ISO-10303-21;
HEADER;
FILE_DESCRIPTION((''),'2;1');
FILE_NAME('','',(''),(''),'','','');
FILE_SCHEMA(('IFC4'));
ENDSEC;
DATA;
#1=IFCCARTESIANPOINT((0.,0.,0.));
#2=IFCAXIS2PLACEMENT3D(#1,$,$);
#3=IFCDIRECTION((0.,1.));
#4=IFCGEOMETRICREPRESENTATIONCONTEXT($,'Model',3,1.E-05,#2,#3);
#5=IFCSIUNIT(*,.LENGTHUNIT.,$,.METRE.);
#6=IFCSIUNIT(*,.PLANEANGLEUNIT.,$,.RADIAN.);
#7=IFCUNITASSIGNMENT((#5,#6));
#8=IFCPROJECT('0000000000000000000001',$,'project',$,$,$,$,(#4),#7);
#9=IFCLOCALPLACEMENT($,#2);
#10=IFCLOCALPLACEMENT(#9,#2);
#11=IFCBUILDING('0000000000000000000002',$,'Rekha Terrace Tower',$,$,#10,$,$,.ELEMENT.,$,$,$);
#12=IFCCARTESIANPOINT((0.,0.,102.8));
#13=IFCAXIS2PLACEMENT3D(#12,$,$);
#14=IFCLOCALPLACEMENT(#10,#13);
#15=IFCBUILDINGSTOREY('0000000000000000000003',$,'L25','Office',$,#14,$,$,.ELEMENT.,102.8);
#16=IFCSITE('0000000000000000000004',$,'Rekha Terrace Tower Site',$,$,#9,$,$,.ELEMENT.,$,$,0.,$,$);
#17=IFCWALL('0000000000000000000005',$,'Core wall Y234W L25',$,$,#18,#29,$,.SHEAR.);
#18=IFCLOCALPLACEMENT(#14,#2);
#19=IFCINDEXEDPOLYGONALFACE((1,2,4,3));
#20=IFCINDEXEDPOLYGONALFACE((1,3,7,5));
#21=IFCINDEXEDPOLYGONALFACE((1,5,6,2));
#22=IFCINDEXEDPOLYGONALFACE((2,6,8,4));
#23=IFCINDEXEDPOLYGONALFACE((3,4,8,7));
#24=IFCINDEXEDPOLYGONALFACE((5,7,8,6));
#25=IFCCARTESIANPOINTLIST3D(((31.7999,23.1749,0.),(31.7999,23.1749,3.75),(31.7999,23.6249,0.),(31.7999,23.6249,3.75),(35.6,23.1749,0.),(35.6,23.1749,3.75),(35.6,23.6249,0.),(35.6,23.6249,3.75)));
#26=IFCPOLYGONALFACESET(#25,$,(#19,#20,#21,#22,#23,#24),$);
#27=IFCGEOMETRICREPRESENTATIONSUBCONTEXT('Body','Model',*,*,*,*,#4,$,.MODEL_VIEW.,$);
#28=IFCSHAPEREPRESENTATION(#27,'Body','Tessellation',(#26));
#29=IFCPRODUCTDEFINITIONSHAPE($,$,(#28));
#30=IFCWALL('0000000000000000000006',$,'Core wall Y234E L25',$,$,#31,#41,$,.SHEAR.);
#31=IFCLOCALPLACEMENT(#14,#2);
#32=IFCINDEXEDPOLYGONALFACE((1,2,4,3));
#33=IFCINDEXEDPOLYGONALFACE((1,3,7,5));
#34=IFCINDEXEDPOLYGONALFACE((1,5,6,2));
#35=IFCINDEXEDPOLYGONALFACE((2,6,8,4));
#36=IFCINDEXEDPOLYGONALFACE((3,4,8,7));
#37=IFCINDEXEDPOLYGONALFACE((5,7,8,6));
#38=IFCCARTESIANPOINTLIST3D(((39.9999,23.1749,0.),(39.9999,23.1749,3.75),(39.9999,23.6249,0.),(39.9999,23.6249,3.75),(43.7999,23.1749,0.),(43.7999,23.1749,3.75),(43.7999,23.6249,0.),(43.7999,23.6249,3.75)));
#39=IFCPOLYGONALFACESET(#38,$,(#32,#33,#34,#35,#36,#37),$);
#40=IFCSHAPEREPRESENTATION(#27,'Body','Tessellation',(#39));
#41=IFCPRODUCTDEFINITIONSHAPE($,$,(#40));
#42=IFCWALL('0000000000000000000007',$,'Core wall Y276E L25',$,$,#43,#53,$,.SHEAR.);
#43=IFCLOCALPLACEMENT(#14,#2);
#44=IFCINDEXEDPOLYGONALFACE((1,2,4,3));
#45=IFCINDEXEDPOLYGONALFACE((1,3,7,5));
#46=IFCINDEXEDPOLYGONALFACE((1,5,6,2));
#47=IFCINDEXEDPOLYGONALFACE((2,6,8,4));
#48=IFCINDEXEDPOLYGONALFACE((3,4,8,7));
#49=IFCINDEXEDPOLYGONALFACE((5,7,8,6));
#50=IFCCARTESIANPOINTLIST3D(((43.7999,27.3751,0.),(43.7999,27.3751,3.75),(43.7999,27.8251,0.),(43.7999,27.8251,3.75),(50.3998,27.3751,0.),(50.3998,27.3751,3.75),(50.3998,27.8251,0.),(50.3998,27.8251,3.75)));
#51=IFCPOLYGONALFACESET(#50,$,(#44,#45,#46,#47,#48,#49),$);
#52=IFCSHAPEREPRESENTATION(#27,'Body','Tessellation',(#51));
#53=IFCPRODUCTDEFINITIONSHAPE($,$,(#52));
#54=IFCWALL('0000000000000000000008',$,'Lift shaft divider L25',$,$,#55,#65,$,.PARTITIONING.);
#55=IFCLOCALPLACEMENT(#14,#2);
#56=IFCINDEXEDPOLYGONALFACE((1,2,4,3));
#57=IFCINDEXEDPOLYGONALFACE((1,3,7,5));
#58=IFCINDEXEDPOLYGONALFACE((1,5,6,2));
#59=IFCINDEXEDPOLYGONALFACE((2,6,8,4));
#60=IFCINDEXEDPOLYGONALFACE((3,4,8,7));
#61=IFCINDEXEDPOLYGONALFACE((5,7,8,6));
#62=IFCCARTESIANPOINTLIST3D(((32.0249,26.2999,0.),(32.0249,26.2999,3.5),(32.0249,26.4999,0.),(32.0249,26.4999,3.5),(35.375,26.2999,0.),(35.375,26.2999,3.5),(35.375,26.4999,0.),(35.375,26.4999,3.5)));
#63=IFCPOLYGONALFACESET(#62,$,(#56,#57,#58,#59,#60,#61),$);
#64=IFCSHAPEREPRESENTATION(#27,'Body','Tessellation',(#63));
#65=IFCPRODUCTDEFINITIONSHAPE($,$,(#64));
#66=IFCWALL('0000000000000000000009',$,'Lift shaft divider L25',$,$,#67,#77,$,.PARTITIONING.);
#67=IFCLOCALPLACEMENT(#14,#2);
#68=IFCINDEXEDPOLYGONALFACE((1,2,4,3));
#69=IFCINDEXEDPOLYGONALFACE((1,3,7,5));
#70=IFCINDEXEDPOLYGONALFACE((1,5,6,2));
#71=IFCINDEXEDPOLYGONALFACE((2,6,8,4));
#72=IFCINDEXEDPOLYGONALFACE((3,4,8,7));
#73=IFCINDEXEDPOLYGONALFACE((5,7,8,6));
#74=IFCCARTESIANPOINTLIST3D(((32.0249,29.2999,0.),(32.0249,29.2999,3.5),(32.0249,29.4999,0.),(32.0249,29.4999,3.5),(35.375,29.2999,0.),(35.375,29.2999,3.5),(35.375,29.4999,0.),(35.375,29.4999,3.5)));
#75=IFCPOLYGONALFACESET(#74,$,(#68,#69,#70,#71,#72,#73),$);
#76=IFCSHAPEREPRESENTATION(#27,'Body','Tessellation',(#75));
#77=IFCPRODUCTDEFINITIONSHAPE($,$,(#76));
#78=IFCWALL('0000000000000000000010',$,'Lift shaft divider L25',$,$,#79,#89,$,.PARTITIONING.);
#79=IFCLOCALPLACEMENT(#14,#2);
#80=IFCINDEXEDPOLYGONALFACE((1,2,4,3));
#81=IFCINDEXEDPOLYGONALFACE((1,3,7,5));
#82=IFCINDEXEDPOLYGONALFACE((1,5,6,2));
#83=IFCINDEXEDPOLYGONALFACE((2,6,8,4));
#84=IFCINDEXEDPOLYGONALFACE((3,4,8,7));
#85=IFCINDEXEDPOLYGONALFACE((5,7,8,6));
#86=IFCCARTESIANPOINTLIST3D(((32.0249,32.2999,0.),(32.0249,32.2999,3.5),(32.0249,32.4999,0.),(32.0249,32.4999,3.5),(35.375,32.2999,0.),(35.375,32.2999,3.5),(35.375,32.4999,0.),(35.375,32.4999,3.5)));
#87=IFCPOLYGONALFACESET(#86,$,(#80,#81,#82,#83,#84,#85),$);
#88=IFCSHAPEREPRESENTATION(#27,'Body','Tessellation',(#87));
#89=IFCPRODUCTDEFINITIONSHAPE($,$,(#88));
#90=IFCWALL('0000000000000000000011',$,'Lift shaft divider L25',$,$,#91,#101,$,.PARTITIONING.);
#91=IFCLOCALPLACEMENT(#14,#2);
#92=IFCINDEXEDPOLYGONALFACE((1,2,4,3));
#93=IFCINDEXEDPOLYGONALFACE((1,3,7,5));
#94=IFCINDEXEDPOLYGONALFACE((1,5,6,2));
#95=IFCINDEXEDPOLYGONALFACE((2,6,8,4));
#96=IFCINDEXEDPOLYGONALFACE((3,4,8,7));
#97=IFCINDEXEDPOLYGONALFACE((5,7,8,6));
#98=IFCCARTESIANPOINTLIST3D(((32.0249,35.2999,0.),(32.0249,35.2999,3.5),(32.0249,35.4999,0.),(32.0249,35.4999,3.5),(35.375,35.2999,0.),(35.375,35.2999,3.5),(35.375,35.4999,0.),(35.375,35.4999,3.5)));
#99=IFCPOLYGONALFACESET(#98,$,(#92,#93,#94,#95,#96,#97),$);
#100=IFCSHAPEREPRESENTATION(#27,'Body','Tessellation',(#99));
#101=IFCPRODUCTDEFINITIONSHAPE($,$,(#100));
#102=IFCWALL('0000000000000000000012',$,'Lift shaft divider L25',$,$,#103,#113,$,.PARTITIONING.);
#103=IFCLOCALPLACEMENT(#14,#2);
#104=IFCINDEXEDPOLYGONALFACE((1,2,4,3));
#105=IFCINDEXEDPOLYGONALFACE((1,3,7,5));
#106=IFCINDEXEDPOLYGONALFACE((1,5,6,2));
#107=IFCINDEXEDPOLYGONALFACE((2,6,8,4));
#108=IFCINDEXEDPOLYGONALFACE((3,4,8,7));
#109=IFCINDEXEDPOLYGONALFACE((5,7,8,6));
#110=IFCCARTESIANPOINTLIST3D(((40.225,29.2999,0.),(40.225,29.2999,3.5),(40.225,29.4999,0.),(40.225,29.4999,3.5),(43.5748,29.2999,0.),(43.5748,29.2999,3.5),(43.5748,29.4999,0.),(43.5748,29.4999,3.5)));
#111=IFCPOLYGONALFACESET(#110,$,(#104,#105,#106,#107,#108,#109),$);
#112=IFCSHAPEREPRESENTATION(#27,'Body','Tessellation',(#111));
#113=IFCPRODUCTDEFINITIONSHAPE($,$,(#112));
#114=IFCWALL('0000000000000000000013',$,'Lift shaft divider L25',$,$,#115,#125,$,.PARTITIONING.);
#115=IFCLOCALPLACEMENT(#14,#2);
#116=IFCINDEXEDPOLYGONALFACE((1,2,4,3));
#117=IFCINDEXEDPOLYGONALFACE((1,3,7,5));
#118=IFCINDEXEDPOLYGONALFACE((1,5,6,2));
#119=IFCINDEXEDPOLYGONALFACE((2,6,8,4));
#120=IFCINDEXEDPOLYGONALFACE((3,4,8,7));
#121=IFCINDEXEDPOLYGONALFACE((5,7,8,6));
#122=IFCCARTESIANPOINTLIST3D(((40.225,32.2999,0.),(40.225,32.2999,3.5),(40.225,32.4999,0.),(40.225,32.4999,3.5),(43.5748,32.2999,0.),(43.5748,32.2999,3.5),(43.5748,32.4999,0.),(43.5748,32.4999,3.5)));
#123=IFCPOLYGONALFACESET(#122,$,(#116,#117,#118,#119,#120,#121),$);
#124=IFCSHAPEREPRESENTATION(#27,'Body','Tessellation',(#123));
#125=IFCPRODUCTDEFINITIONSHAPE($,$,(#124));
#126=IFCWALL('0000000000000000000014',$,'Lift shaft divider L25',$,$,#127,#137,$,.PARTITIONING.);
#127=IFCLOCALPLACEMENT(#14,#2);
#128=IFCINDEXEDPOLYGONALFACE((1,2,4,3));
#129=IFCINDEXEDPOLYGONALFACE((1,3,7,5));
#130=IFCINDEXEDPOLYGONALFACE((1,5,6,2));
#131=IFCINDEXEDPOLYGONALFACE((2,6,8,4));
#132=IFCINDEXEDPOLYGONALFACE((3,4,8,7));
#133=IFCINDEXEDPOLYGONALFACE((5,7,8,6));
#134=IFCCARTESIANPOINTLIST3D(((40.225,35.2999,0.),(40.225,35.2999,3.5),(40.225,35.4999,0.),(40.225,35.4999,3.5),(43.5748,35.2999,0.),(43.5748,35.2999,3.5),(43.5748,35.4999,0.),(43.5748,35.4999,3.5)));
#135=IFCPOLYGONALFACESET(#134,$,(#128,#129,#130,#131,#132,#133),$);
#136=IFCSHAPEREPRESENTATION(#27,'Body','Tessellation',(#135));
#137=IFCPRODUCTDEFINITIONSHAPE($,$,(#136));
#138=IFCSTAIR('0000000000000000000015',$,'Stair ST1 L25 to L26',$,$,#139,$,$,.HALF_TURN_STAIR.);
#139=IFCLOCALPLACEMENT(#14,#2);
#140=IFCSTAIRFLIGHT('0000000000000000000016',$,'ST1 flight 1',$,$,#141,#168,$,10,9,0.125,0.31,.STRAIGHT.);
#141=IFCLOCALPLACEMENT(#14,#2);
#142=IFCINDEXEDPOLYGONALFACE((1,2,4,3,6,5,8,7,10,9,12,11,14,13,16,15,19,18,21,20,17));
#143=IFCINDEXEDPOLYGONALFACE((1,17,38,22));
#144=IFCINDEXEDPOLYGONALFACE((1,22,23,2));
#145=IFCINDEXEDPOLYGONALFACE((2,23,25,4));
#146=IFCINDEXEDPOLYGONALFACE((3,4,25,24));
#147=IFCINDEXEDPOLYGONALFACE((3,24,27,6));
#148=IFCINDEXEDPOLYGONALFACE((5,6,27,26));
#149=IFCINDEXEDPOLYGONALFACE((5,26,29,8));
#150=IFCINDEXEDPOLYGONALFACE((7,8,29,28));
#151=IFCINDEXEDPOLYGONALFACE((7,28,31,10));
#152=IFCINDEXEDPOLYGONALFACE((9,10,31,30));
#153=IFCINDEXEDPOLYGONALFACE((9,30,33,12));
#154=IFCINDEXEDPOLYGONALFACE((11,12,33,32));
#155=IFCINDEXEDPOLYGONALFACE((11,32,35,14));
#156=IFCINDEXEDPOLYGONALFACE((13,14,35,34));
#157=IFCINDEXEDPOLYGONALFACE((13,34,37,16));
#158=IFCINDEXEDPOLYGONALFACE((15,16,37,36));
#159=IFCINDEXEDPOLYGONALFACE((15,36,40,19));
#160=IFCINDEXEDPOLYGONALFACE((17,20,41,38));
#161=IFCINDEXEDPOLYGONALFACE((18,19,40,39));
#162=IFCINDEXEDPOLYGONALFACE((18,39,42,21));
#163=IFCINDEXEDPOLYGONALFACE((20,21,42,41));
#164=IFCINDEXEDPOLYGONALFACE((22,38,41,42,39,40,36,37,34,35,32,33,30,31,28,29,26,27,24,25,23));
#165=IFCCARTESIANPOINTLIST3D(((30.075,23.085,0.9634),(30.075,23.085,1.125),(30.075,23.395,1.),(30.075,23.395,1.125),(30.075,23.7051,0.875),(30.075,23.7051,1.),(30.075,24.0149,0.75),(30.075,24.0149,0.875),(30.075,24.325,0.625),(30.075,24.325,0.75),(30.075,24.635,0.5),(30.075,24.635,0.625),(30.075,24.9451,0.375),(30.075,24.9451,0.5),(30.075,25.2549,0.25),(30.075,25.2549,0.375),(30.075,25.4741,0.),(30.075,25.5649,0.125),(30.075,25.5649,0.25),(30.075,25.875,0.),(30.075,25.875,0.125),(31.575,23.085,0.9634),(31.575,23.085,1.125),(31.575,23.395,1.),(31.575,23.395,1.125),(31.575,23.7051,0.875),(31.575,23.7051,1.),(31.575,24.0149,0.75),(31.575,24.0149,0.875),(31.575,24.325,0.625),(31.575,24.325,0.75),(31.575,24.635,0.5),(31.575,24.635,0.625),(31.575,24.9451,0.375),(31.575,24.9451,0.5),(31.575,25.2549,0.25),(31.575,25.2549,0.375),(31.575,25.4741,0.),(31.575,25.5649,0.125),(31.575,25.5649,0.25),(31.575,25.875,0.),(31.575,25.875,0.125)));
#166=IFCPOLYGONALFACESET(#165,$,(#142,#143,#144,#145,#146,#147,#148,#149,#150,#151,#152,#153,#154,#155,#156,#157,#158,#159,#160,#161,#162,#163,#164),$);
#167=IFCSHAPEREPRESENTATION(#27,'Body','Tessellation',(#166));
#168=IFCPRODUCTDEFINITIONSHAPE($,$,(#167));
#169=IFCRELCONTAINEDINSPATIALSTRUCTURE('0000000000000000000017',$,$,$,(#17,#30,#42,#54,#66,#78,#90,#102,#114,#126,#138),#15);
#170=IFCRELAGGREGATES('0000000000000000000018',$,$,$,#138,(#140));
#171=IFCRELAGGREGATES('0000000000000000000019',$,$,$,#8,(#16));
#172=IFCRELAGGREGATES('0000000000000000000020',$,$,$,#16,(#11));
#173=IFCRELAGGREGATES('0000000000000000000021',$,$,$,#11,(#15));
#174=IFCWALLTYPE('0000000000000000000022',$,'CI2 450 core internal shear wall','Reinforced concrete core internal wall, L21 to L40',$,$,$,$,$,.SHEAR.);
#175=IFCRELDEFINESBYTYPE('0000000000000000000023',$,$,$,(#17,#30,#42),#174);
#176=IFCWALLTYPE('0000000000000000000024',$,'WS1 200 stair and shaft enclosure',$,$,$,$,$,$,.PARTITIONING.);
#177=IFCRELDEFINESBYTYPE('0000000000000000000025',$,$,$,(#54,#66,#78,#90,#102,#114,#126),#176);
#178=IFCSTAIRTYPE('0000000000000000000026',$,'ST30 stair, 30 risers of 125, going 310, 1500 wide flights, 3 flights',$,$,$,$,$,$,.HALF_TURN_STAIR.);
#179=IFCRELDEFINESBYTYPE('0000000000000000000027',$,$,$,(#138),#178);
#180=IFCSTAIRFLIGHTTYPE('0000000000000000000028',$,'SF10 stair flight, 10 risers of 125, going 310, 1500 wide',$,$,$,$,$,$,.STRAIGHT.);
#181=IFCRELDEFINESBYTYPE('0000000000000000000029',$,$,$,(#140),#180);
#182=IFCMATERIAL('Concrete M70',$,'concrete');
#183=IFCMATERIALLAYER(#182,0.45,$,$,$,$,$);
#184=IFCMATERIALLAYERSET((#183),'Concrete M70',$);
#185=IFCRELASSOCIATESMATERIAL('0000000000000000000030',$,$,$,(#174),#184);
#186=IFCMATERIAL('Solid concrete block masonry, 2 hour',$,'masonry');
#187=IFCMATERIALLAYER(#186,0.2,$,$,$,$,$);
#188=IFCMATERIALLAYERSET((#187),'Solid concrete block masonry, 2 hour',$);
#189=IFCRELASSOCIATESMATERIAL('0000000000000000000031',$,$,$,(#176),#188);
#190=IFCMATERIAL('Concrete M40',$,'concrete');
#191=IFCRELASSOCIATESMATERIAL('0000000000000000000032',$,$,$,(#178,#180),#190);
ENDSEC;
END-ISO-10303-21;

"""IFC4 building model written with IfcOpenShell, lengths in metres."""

from ifc_helpers import new_model, si_unit, direction, frame, frame_2d, origin, place, context, subcontext, project, spatial, polyline, rectangle, outline, extrude, material, layer, layer_set, type_object, element, aggregate, save


model = new_model("IFC4")

# Units and contexts
model_context = context("Model", 3, precision=1e-05, world=origin(), true_north=direction((0.0, 1.0)))
body_context = subcontext(model_context, "Body", "Model", "MODEL_VIEW")
ifc_project = project(units=[si_unit("LENGTHUNIT", "METRE"), si_unit("PLANEANGLEUNIT", "RADIAN")], contexts=[model_context])

# Site, building, storey
site_placement = place(None, origin())
site = spatial("IfcSite", under=ifc_project, at=site_placement, Name="Rekha Terrace Tower Site", CompositionType="ELEMENT", RefElevation=0.0)
building_placement = place(site_placement, origin())
building = spatial("IfcBuilding", under=site, at=building_placement, Name="Rekha Terrace Tower", CompositionType="ELEMENT")
storey_placement = place(building_placement, frame((0.0, 0.0, 102.8)))
storey = spatial("IfcBuildingStorey", under=building, at=storey_placement, Name="L25", Description="Office", CompositionType="ELEMENT", Elevation=102.8)

# Shared definitions
ifc_material_1 = material(Name="Concrete M70", Category="concrete")
ifc_layer_1 = layer(ifc_material_1, 0.45)
ifc_layer_set_1 = layer_set([ifc_layer_1], Name="Concrete M70")
wall_type_1 = type_object("IfcWallType", Name="CI2 450 core internal shear wall", Description="Reinforced concrete core internal wall, L21 to L40", PredefinedType="SHEAR", material=ifc_layer_set_1)

# Walls
for number, where, z_axis, x_axis, name in (
    (1, (31.8, 23.3999, 0.0), (0.0, 0.0, 1.0), (1.0, 0.0, 0.0), "Core wall Y234W L25"),
    (2, (40.0, 23.3999, 0.0), (0.0, 0.0, 1.0), (1.0, 0.0, 0.0), "Core wall Y234E L25"),
):
    element("IfcWall", number, at=place(storey_placement, frame(where, z_axis=z_axis, x_axis=x_axis)), inside=storey, type_object=wall_type_1, Name=name, PredefinedType="SHEAR", context=body_context, shape_type="SweptSolid", body=[
        extrude(rectangle(XDim=3.8, YDim=0.45, at=frame_2d((1.8999, 0.0))), origin(), (0.0, 0.0, 1.0), 3.75),
    ])
wall_1_placement = place(storey_placement, frame((43.8, 27.6001, 0.0), z_axis=(0.0, 0.0, 1.0), x_axis=(1.0, 0.0, 0.0)))
element("IfcWall", 3, at=wall_1_placement, inside=storey, type_object=wall_type_1, Name="Core wall Y276E L25", PredefinedType="SHEAR", context=body_context, shape_type="SweptSolid", body=[
    extrude(rectangle(XDim=6.5999, YDim=0.45, at=frame_2d((3.2998, 0.0))), origin(), (0.0, 0.0, 1.0), 3.75),
])
ifc_material_2 = material(Name="Solid concrete block masonry, 2 hour", Category="masonry")
ifc_layer_2 = layer(ifc_material_2, 0.2)
ifc_layer_set_2 = layer_set([ifc_layer_2], Name="Solid concrete block masonry, 2 hour")
wall_type_2 = type_object("IfcWallType", Name="WS1 200 stair and shaft enclosure", PredefinedType="PARTITIONING", material=ifc_layer_set_2)
for number, where, z_axis, x_axis, name in (
    (4, (32.0249, 26.3999, 0.0), (0.0, 0.0, 1.0), (1.0, 0.0, 0.0), "Lift shaft divider L25"),
    (5, (32.0249, 29.3999, 0.0), (0.0, 0.0, 1.0), (1.0, 0.0, 0.0), "Lift shaft divider L25"),
    (6, (32.0249, 32.3999, 0.0), (0.0, 0.0, 1.0), (1.0, 0.0, 0.0), "Lift shaft divider L25"),
    (7, (32.0249, 35.3999, 0.0), (0.0, 0.0, 1.0), (1.0, 0.0, 0.0), "Lift shaft divider L25"),
):
    element("IfcWall", number, at=place(storey_placement, frame(where, z_axis=z_axis, x_axis=x_axis)), inside=storey, type_object=wall_type_2, Name=name, PredefinedType="PARTITIONING", context=body_context, shape_type="SweptSolid", body=[
        extrude(rectangle(XDim=3.3501, YDim=0.2, at=frame_2d((1.675, 0.0))), origin(), (0.0, 0.0, 1.0), 3.5),
    ])
for number, where, z_axis, x_axis, name in (
    (8, (40.2251, 29.3999, 0.0), (0.0, 0.0, 1.0), (1.0, 0.0, 0.0), "Lift shaft divider L25"),
    (9, (40.2251, 32.3999, 0.0), (0.0, 0.0, 1.0), (1.0, 0.0, 0.0), "Lift shaft divider L25"),
    (10, (40.2251, 35.3999, 0.0), (0.0, 0.0, 1.0), (1.0, 0.0, 0.0), "Lift shaft divider L25"),
):
    element("IfcWall", number, at=place(storey_placement, frame(where, z_axis=z_axis, x_axis=x_axis)), inside=storey, type_object=wall_type_2, Name=name, PredefinedType="PARTITIONING", context=body_context, shape_type="SweptSolid", body=[
        extrude(rectangle(XDim=3.3499, YDim=0.2, at=frame_2d((1.6748, 0.0))), origin(), (0.0, 0.0, 1.0), 3.5),
    ])

# Stair, stair flight
ifc_material_3 = material(Name="Concrete M40", Category="concrete")
stair_type = type_object("IfcStairType", Name="ST30 stair, 30 risers of 125, going 310, 1500 wide flights, 3 flights", PredefinedType="HALF_TURN_STAIR", material=ifc_material_3)
stair_placement = place(storey_placement, origin())
stair = element("IfcStair", 11, at=stair_placement, inside=storey, type_object=stair_type, Name="Stair ST1 L25 to L26", PredefinedType="HALF_TURN_STAIR")
stair_flight_type = type_object("IfcStairFlightType", Name="SF10 stair flight, 10 risers of 125, going 310, 1500 wide", PredefinedType="STRAIGHT", material=ifc_material_3)
stair_flight_placement = place(storey_placement, frame((30.825, 25.875, 0.0), z_axis=(0.0, 0.0, 1.0), x_axis=(0.0, -1.0, 0.0)))
stair_flight = element("IfcStairFlight", 12, at=stair_flight_placement, type_object=stair_flight_type, Name="ST1 flight 1", NumberOfRisers=10, NumberOfTreads=9, PredefinedType="STRAIGHT", RiserHeight=0.125, TreadLength=0.31, context=body_context, shape_type="SweptSolid", body=[
    extrude(outline(polyline([(0.0, 0.0), (0.0, 0.125), (0.3101, 0.125), (0.3101, 0.25), (0.6201, 0.25), (0.6201, 0.375), (0.9299, 0.375), (0.9299, 0.5), (1.24, 0.5), (1.24, 0.625), (1.55, 0.625), (1.55, 0.75), (1.8601, 0.75), (1.8601, 0.875), (2.1699, 0.875), (2.1699, 1.0), (2.48, 1.0), (2.48, 1.125), (2.79, 1.125), (2.79, 1.25), (2.79, 0.9634), (0.4009, 0.0), (0.0, 0.0)])), frame((0.0, 0.75, 0.0), z_axis=(0.0, -1.0, 0.0), x_axis=(1.0, 0.0, 0.0)), (0.0, 0.0, 1.0), 1.5),
])
aggregate(stair, [stair_flight])

save(model, "model.ifc")
